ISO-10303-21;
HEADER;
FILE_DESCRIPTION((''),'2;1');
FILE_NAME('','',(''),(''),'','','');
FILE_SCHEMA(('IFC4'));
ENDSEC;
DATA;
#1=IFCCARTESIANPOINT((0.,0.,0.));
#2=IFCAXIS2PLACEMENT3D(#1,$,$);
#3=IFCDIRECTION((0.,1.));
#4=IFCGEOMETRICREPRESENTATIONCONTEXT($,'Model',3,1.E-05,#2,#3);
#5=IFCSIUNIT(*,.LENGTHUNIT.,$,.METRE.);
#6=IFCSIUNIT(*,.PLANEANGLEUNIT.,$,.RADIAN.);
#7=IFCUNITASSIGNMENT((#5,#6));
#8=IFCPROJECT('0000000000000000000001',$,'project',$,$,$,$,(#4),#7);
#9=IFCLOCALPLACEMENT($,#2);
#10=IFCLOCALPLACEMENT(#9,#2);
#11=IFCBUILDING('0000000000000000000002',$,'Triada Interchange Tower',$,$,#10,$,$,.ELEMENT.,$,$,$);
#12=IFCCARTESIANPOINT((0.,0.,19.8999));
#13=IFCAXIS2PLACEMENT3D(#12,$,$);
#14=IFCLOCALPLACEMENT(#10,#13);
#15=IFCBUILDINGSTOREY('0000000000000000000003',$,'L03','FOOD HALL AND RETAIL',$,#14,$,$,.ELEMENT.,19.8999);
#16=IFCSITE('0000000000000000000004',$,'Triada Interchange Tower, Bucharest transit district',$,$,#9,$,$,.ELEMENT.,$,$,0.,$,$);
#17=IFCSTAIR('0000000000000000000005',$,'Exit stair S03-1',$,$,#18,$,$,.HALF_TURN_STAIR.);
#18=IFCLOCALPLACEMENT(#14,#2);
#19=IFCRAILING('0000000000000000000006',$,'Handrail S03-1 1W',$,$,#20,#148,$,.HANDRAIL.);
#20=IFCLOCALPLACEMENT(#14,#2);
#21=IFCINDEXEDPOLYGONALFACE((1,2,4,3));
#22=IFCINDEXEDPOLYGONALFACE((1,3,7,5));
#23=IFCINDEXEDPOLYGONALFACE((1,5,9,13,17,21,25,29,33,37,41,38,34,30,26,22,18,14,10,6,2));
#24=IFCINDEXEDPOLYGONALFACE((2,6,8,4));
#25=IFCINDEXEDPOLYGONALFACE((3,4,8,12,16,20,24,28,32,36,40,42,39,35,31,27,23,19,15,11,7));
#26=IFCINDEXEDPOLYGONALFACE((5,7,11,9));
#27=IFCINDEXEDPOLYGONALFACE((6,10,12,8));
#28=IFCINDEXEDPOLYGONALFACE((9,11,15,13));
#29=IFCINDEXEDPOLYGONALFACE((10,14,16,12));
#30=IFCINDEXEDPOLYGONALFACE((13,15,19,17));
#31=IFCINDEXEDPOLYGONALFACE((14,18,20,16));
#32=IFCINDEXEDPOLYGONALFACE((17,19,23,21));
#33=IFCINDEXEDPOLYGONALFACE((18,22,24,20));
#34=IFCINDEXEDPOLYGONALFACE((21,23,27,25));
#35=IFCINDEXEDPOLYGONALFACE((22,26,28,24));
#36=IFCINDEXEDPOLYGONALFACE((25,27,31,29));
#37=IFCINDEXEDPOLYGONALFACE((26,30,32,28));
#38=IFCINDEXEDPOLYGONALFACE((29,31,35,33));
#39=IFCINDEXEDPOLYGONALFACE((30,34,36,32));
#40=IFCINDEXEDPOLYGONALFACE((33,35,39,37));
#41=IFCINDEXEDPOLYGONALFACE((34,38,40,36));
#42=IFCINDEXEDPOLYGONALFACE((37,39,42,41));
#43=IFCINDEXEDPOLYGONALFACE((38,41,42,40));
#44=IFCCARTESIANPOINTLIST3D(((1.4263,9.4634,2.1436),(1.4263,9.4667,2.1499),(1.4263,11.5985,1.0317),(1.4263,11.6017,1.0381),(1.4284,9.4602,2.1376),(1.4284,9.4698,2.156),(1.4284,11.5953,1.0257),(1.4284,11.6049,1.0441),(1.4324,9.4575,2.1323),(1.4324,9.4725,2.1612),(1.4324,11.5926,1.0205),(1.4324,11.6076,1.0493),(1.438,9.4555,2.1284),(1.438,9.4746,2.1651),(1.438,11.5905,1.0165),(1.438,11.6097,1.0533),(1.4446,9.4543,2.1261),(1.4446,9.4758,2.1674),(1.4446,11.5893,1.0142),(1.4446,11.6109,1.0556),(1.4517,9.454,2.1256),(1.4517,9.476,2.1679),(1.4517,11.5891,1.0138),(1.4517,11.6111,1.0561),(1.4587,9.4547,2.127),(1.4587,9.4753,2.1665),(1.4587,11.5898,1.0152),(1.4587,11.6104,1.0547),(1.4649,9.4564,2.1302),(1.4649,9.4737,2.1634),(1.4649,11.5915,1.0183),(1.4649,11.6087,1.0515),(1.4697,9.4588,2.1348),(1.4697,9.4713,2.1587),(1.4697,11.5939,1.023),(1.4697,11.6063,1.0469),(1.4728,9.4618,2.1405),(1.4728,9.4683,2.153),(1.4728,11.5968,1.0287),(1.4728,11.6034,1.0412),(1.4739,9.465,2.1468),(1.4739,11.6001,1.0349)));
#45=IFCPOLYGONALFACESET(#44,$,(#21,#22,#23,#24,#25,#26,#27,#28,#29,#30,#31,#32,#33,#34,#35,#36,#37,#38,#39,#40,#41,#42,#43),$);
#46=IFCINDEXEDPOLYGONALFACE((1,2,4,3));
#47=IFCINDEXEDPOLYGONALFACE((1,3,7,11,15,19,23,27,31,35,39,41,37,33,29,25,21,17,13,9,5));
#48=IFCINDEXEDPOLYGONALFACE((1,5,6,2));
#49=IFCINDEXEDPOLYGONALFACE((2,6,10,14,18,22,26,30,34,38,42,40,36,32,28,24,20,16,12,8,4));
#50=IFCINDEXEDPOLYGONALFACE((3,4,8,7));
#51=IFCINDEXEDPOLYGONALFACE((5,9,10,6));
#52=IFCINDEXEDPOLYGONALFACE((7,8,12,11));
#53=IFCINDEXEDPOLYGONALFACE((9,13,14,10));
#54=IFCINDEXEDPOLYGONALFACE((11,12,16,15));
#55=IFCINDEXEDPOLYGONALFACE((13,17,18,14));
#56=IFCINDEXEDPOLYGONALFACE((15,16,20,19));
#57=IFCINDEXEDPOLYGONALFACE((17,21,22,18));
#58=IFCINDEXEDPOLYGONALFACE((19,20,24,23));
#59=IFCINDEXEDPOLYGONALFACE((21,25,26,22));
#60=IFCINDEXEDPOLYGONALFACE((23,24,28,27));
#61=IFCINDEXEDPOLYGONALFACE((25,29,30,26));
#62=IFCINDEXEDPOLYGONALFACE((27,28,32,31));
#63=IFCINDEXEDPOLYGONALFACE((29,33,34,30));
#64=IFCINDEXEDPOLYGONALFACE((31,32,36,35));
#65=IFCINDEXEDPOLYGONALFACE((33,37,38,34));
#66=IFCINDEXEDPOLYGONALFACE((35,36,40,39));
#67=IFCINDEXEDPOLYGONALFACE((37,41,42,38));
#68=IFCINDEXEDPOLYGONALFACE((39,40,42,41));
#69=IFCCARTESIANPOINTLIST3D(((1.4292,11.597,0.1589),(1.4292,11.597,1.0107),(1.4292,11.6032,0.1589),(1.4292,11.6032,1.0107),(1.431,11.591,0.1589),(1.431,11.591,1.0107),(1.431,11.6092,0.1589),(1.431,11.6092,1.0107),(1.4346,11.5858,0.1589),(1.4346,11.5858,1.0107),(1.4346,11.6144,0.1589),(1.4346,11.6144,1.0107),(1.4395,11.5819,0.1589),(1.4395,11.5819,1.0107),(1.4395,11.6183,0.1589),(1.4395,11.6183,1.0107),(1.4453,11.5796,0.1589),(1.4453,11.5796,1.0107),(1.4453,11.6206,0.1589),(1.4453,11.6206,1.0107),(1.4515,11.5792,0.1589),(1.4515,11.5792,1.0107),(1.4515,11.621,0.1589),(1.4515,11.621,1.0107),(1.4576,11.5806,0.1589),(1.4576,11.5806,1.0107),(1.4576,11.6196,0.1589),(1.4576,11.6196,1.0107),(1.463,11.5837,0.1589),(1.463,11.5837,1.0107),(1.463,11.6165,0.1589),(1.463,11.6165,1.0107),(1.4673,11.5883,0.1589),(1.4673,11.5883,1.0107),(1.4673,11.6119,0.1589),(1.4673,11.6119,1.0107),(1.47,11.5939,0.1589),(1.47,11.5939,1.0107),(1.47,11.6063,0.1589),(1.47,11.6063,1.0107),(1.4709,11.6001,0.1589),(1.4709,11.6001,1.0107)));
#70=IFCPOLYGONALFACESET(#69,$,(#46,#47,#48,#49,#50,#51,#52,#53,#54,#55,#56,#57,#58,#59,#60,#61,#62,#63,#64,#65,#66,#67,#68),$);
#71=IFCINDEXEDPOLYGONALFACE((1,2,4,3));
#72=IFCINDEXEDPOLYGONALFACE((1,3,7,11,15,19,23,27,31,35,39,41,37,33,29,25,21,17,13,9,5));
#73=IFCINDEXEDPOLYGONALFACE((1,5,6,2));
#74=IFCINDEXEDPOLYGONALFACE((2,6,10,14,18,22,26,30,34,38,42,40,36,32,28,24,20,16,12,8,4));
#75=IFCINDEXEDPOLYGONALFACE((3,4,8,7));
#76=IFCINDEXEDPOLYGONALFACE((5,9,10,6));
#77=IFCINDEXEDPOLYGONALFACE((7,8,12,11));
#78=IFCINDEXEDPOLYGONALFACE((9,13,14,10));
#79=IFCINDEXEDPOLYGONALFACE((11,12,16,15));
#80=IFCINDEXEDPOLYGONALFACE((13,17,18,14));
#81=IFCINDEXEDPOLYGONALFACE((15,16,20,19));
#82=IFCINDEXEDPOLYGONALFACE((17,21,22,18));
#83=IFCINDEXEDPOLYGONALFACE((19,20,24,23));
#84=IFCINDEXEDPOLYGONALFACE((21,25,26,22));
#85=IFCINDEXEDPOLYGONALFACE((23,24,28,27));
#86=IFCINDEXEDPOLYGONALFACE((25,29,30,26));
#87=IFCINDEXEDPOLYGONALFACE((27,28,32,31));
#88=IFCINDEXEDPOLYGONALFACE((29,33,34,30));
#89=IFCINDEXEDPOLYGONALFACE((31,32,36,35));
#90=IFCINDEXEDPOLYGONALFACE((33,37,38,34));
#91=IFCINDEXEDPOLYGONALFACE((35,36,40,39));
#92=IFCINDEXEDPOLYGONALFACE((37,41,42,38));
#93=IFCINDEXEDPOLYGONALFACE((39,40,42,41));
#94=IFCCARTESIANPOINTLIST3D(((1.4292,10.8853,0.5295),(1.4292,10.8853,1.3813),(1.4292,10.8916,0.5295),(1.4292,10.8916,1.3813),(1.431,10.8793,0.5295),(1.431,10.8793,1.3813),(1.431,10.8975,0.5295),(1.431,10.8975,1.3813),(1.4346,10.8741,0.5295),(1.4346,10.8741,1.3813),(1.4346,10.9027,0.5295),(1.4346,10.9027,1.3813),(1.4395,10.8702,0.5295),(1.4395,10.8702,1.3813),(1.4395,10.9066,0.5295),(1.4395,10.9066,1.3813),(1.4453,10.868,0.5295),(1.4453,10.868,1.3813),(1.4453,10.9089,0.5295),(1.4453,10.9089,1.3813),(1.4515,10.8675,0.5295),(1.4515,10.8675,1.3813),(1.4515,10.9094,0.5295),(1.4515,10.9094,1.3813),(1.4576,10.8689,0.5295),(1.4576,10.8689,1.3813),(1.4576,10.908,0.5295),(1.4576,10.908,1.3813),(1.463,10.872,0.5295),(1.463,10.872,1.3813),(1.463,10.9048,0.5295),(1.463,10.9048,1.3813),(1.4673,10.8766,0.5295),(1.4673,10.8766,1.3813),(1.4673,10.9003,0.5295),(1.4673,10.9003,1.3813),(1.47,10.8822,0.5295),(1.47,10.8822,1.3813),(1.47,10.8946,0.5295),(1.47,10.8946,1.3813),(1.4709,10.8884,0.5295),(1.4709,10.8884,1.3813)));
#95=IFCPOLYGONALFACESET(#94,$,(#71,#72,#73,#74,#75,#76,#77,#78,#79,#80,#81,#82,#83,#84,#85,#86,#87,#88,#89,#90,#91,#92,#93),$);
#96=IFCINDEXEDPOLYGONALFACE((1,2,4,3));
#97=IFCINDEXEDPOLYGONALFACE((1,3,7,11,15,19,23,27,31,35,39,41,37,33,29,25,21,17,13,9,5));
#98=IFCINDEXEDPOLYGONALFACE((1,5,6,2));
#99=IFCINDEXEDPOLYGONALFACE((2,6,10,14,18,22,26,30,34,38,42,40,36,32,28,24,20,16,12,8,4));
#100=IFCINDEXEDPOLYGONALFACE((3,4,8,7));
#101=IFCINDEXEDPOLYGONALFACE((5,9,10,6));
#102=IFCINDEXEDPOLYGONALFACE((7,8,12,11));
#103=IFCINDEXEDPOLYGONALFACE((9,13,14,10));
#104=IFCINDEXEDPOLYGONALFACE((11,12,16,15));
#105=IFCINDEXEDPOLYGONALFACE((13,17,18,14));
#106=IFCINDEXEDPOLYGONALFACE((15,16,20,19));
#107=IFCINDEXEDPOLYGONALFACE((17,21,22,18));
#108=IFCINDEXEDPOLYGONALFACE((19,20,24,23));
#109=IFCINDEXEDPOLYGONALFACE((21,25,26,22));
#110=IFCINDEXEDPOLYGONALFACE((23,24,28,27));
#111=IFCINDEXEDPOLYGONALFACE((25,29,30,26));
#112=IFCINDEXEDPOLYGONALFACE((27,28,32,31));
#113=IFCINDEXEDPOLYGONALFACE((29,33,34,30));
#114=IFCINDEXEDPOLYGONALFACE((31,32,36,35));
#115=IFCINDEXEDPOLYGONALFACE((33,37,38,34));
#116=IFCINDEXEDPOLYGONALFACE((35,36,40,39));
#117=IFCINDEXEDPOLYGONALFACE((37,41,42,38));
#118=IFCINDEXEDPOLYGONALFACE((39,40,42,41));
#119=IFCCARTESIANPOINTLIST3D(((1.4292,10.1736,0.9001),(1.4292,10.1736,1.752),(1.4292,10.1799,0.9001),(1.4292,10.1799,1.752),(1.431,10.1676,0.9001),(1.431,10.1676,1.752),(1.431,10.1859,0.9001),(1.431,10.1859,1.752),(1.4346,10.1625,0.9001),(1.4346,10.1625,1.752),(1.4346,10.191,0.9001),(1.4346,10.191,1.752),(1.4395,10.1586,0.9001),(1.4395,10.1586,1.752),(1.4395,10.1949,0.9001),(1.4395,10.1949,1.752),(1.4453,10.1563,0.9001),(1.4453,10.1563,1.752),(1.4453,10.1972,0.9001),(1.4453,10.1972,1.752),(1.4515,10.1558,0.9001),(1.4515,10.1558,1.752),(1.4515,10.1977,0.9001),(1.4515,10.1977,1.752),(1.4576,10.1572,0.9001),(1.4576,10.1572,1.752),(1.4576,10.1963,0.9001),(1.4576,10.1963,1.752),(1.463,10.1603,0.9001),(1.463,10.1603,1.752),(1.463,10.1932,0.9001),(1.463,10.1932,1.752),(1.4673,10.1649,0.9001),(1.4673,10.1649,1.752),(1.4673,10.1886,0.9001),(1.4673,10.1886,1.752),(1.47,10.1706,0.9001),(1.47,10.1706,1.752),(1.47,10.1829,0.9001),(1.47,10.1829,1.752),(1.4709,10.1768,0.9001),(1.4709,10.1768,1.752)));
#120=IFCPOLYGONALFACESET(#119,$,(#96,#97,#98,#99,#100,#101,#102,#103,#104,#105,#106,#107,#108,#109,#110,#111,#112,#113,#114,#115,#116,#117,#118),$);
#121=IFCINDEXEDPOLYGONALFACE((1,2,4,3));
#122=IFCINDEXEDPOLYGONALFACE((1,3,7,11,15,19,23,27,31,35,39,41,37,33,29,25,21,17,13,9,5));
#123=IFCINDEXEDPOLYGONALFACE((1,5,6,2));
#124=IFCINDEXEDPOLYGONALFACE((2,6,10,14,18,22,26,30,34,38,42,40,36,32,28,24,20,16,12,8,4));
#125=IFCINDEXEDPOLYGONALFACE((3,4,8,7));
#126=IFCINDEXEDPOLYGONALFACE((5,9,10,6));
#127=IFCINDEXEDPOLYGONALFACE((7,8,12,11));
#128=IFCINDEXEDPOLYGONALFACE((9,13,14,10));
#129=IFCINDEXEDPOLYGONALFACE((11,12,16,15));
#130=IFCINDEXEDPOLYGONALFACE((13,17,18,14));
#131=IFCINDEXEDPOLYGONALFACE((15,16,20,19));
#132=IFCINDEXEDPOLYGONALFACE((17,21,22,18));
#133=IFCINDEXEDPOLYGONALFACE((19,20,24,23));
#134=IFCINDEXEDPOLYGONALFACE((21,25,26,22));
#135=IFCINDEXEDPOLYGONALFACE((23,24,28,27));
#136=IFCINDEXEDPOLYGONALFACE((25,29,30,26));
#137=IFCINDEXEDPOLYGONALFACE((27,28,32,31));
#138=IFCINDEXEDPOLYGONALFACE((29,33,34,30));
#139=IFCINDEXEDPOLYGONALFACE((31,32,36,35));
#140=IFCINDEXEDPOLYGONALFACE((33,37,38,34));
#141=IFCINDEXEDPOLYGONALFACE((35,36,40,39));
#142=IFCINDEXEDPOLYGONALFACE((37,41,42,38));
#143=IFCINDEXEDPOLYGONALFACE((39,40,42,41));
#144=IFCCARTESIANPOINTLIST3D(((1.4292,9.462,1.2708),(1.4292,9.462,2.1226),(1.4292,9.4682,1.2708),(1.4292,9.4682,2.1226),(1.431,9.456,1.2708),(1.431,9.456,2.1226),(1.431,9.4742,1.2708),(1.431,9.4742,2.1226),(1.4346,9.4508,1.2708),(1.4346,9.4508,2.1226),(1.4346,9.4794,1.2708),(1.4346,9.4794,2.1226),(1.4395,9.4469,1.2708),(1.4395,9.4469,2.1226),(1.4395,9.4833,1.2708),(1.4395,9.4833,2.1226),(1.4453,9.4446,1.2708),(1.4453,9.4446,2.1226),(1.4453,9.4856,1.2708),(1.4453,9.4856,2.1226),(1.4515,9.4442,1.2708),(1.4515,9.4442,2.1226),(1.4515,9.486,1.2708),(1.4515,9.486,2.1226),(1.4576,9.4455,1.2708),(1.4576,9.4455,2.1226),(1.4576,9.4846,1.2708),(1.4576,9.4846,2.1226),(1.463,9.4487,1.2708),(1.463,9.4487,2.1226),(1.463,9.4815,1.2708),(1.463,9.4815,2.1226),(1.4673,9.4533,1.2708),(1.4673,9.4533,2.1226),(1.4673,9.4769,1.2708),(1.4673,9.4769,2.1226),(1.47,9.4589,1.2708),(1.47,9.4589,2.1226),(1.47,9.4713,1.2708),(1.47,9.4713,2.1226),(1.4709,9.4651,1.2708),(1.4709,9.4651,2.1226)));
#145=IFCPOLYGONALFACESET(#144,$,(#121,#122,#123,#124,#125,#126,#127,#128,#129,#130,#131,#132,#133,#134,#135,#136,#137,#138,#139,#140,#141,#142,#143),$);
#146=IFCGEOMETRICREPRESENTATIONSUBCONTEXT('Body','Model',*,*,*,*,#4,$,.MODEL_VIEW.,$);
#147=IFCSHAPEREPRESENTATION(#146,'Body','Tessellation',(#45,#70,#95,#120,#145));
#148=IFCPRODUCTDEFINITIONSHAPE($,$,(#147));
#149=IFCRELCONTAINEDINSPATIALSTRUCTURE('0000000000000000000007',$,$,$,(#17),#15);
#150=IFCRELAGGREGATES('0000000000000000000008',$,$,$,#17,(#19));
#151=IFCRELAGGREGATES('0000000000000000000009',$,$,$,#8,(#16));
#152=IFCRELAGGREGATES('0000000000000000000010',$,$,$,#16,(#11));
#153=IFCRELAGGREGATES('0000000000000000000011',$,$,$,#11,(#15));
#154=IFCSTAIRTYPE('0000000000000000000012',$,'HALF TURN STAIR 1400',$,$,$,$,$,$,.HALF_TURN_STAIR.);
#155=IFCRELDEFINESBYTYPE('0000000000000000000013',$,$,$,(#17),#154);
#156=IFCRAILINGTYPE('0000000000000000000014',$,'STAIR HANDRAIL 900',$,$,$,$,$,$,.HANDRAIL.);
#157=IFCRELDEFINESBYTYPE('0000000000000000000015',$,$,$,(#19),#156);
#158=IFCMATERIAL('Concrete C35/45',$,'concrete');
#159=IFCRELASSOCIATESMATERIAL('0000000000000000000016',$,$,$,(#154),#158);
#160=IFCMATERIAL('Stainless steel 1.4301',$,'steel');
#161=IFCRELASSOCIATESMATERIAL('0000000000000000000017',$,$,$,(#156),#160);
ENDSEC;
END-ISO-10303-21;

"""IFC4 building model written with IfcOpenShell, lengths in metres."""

from ifc_helpers import new_model, si_unit, direction, frame, origin, origin_2d, place, context, subcontext, project, spatial, circle, extrude, material, type_object, element, aggregate, save


model = new_model("IFC4")

# Units and contexts
model_context = context("Model", 3, precision=1e-05, world=origin(), true_north=direction((0.0, 1.0)))
body_context = subcontext(model_context, "Body", "Model", "MODEL_VIEW")
ifc_project = project(units=[si_unit("LENGTHUNIT", "METRE"), si_unit("PLANEANGLEUNIT", "RADIAN")], contexts=[model_context])

# Site, building, storey
site_placement = place(None, origin())
site = spatial("IfcSite", under=ifc_project, at=site_placement, Name="Triada Interchange Tower, Bucharest transit district", CompositionType="ELEMENT", RefElevation=0.0)
building_placement = place(site_placement, origin())
building = spatial("IfcBuilding", under=site, at=building_placement, Name="Triada Interchange Tower", CompositionType="ELEMENT")
storey_placement = place(building_placement, frame((0.0, 0.0, 19.8999)))
storey = spatial("IfcBuildingStorey", under=building, at=storey_placement, Name="L03", Description="FOOD HALL AND RETAIL", CompositionType="ELEMENT", Elevation=19.8999)

# Shared definitions
ifc_material_1 = material(Name="Concrete C35/45", Category="concrete")

# Stair, railing
stair_type = type_object("IfcStairType", Name="HALF TURN STAIR 1400", PredefinedType="HALF_TURN_STAIR", material=ifc_material_1)
stair_placement = place(storey_placement, origin())
stair = element("IfcStair", 1, at=stair_placement, inside=storey, type_object=stair_type, Name="Exit stair S03-1", PredefinedType="HALF_TURN_STAIR")
ifc_material_2 = material(Name="Stainless steel 1.4301", Category="steel")
railing_type_1 = type_object("IfcRailingType", Name="STAIR HANDRAIL 900", PredefinedType="HANDRAIL", material=ifc_material_2)
railing_1_placement = place(storey_placement, frame((1.45, 11.6001, 0.1589)))
railing_1 = element("IfcRailing", 2, at=railing_1_placement, type_object=railing_type_1, Name="Handrail S03-1 1W", PredefinedType="HANDRAIL", context=body_context, shape_type="SweptSolid", body=[
    extrude(circle(Radius=0.0239, at=origin_2d()), frame((0.0, 0.0, 0.876), z_axis=(0.0, -0.886943, 0.46188), x_axis=(1.0, 0.0, 0.0)), (0.0, 0.0, 1.0), 2.4072),
    extrude(circle(Radius=0.021, at=origin_2d()), origin(), (0.0, 0.0, 1.0), 0.8518),
    extrude(circle(Radius=0.021, at=origin_2d()), frame((0.0, -0.7117, 0.3706)), (0.0, 0.0, 1.0), 0.8518),
    extrude(circle(Radius=0.021, at=origin_2d()), frame((0.0, -1.4233, 0.7412)), (0.0, 0.0, 1.0), 0.8518),
    extrude(circle(Radius=0.021, at=origin_2d()), frame((0.0, -2.135, 1.1118)), (0.0, 0.0, 1.0), 0.8518),
])
aggregate(stair, [railing_1])

save(model, "model.ifc")
